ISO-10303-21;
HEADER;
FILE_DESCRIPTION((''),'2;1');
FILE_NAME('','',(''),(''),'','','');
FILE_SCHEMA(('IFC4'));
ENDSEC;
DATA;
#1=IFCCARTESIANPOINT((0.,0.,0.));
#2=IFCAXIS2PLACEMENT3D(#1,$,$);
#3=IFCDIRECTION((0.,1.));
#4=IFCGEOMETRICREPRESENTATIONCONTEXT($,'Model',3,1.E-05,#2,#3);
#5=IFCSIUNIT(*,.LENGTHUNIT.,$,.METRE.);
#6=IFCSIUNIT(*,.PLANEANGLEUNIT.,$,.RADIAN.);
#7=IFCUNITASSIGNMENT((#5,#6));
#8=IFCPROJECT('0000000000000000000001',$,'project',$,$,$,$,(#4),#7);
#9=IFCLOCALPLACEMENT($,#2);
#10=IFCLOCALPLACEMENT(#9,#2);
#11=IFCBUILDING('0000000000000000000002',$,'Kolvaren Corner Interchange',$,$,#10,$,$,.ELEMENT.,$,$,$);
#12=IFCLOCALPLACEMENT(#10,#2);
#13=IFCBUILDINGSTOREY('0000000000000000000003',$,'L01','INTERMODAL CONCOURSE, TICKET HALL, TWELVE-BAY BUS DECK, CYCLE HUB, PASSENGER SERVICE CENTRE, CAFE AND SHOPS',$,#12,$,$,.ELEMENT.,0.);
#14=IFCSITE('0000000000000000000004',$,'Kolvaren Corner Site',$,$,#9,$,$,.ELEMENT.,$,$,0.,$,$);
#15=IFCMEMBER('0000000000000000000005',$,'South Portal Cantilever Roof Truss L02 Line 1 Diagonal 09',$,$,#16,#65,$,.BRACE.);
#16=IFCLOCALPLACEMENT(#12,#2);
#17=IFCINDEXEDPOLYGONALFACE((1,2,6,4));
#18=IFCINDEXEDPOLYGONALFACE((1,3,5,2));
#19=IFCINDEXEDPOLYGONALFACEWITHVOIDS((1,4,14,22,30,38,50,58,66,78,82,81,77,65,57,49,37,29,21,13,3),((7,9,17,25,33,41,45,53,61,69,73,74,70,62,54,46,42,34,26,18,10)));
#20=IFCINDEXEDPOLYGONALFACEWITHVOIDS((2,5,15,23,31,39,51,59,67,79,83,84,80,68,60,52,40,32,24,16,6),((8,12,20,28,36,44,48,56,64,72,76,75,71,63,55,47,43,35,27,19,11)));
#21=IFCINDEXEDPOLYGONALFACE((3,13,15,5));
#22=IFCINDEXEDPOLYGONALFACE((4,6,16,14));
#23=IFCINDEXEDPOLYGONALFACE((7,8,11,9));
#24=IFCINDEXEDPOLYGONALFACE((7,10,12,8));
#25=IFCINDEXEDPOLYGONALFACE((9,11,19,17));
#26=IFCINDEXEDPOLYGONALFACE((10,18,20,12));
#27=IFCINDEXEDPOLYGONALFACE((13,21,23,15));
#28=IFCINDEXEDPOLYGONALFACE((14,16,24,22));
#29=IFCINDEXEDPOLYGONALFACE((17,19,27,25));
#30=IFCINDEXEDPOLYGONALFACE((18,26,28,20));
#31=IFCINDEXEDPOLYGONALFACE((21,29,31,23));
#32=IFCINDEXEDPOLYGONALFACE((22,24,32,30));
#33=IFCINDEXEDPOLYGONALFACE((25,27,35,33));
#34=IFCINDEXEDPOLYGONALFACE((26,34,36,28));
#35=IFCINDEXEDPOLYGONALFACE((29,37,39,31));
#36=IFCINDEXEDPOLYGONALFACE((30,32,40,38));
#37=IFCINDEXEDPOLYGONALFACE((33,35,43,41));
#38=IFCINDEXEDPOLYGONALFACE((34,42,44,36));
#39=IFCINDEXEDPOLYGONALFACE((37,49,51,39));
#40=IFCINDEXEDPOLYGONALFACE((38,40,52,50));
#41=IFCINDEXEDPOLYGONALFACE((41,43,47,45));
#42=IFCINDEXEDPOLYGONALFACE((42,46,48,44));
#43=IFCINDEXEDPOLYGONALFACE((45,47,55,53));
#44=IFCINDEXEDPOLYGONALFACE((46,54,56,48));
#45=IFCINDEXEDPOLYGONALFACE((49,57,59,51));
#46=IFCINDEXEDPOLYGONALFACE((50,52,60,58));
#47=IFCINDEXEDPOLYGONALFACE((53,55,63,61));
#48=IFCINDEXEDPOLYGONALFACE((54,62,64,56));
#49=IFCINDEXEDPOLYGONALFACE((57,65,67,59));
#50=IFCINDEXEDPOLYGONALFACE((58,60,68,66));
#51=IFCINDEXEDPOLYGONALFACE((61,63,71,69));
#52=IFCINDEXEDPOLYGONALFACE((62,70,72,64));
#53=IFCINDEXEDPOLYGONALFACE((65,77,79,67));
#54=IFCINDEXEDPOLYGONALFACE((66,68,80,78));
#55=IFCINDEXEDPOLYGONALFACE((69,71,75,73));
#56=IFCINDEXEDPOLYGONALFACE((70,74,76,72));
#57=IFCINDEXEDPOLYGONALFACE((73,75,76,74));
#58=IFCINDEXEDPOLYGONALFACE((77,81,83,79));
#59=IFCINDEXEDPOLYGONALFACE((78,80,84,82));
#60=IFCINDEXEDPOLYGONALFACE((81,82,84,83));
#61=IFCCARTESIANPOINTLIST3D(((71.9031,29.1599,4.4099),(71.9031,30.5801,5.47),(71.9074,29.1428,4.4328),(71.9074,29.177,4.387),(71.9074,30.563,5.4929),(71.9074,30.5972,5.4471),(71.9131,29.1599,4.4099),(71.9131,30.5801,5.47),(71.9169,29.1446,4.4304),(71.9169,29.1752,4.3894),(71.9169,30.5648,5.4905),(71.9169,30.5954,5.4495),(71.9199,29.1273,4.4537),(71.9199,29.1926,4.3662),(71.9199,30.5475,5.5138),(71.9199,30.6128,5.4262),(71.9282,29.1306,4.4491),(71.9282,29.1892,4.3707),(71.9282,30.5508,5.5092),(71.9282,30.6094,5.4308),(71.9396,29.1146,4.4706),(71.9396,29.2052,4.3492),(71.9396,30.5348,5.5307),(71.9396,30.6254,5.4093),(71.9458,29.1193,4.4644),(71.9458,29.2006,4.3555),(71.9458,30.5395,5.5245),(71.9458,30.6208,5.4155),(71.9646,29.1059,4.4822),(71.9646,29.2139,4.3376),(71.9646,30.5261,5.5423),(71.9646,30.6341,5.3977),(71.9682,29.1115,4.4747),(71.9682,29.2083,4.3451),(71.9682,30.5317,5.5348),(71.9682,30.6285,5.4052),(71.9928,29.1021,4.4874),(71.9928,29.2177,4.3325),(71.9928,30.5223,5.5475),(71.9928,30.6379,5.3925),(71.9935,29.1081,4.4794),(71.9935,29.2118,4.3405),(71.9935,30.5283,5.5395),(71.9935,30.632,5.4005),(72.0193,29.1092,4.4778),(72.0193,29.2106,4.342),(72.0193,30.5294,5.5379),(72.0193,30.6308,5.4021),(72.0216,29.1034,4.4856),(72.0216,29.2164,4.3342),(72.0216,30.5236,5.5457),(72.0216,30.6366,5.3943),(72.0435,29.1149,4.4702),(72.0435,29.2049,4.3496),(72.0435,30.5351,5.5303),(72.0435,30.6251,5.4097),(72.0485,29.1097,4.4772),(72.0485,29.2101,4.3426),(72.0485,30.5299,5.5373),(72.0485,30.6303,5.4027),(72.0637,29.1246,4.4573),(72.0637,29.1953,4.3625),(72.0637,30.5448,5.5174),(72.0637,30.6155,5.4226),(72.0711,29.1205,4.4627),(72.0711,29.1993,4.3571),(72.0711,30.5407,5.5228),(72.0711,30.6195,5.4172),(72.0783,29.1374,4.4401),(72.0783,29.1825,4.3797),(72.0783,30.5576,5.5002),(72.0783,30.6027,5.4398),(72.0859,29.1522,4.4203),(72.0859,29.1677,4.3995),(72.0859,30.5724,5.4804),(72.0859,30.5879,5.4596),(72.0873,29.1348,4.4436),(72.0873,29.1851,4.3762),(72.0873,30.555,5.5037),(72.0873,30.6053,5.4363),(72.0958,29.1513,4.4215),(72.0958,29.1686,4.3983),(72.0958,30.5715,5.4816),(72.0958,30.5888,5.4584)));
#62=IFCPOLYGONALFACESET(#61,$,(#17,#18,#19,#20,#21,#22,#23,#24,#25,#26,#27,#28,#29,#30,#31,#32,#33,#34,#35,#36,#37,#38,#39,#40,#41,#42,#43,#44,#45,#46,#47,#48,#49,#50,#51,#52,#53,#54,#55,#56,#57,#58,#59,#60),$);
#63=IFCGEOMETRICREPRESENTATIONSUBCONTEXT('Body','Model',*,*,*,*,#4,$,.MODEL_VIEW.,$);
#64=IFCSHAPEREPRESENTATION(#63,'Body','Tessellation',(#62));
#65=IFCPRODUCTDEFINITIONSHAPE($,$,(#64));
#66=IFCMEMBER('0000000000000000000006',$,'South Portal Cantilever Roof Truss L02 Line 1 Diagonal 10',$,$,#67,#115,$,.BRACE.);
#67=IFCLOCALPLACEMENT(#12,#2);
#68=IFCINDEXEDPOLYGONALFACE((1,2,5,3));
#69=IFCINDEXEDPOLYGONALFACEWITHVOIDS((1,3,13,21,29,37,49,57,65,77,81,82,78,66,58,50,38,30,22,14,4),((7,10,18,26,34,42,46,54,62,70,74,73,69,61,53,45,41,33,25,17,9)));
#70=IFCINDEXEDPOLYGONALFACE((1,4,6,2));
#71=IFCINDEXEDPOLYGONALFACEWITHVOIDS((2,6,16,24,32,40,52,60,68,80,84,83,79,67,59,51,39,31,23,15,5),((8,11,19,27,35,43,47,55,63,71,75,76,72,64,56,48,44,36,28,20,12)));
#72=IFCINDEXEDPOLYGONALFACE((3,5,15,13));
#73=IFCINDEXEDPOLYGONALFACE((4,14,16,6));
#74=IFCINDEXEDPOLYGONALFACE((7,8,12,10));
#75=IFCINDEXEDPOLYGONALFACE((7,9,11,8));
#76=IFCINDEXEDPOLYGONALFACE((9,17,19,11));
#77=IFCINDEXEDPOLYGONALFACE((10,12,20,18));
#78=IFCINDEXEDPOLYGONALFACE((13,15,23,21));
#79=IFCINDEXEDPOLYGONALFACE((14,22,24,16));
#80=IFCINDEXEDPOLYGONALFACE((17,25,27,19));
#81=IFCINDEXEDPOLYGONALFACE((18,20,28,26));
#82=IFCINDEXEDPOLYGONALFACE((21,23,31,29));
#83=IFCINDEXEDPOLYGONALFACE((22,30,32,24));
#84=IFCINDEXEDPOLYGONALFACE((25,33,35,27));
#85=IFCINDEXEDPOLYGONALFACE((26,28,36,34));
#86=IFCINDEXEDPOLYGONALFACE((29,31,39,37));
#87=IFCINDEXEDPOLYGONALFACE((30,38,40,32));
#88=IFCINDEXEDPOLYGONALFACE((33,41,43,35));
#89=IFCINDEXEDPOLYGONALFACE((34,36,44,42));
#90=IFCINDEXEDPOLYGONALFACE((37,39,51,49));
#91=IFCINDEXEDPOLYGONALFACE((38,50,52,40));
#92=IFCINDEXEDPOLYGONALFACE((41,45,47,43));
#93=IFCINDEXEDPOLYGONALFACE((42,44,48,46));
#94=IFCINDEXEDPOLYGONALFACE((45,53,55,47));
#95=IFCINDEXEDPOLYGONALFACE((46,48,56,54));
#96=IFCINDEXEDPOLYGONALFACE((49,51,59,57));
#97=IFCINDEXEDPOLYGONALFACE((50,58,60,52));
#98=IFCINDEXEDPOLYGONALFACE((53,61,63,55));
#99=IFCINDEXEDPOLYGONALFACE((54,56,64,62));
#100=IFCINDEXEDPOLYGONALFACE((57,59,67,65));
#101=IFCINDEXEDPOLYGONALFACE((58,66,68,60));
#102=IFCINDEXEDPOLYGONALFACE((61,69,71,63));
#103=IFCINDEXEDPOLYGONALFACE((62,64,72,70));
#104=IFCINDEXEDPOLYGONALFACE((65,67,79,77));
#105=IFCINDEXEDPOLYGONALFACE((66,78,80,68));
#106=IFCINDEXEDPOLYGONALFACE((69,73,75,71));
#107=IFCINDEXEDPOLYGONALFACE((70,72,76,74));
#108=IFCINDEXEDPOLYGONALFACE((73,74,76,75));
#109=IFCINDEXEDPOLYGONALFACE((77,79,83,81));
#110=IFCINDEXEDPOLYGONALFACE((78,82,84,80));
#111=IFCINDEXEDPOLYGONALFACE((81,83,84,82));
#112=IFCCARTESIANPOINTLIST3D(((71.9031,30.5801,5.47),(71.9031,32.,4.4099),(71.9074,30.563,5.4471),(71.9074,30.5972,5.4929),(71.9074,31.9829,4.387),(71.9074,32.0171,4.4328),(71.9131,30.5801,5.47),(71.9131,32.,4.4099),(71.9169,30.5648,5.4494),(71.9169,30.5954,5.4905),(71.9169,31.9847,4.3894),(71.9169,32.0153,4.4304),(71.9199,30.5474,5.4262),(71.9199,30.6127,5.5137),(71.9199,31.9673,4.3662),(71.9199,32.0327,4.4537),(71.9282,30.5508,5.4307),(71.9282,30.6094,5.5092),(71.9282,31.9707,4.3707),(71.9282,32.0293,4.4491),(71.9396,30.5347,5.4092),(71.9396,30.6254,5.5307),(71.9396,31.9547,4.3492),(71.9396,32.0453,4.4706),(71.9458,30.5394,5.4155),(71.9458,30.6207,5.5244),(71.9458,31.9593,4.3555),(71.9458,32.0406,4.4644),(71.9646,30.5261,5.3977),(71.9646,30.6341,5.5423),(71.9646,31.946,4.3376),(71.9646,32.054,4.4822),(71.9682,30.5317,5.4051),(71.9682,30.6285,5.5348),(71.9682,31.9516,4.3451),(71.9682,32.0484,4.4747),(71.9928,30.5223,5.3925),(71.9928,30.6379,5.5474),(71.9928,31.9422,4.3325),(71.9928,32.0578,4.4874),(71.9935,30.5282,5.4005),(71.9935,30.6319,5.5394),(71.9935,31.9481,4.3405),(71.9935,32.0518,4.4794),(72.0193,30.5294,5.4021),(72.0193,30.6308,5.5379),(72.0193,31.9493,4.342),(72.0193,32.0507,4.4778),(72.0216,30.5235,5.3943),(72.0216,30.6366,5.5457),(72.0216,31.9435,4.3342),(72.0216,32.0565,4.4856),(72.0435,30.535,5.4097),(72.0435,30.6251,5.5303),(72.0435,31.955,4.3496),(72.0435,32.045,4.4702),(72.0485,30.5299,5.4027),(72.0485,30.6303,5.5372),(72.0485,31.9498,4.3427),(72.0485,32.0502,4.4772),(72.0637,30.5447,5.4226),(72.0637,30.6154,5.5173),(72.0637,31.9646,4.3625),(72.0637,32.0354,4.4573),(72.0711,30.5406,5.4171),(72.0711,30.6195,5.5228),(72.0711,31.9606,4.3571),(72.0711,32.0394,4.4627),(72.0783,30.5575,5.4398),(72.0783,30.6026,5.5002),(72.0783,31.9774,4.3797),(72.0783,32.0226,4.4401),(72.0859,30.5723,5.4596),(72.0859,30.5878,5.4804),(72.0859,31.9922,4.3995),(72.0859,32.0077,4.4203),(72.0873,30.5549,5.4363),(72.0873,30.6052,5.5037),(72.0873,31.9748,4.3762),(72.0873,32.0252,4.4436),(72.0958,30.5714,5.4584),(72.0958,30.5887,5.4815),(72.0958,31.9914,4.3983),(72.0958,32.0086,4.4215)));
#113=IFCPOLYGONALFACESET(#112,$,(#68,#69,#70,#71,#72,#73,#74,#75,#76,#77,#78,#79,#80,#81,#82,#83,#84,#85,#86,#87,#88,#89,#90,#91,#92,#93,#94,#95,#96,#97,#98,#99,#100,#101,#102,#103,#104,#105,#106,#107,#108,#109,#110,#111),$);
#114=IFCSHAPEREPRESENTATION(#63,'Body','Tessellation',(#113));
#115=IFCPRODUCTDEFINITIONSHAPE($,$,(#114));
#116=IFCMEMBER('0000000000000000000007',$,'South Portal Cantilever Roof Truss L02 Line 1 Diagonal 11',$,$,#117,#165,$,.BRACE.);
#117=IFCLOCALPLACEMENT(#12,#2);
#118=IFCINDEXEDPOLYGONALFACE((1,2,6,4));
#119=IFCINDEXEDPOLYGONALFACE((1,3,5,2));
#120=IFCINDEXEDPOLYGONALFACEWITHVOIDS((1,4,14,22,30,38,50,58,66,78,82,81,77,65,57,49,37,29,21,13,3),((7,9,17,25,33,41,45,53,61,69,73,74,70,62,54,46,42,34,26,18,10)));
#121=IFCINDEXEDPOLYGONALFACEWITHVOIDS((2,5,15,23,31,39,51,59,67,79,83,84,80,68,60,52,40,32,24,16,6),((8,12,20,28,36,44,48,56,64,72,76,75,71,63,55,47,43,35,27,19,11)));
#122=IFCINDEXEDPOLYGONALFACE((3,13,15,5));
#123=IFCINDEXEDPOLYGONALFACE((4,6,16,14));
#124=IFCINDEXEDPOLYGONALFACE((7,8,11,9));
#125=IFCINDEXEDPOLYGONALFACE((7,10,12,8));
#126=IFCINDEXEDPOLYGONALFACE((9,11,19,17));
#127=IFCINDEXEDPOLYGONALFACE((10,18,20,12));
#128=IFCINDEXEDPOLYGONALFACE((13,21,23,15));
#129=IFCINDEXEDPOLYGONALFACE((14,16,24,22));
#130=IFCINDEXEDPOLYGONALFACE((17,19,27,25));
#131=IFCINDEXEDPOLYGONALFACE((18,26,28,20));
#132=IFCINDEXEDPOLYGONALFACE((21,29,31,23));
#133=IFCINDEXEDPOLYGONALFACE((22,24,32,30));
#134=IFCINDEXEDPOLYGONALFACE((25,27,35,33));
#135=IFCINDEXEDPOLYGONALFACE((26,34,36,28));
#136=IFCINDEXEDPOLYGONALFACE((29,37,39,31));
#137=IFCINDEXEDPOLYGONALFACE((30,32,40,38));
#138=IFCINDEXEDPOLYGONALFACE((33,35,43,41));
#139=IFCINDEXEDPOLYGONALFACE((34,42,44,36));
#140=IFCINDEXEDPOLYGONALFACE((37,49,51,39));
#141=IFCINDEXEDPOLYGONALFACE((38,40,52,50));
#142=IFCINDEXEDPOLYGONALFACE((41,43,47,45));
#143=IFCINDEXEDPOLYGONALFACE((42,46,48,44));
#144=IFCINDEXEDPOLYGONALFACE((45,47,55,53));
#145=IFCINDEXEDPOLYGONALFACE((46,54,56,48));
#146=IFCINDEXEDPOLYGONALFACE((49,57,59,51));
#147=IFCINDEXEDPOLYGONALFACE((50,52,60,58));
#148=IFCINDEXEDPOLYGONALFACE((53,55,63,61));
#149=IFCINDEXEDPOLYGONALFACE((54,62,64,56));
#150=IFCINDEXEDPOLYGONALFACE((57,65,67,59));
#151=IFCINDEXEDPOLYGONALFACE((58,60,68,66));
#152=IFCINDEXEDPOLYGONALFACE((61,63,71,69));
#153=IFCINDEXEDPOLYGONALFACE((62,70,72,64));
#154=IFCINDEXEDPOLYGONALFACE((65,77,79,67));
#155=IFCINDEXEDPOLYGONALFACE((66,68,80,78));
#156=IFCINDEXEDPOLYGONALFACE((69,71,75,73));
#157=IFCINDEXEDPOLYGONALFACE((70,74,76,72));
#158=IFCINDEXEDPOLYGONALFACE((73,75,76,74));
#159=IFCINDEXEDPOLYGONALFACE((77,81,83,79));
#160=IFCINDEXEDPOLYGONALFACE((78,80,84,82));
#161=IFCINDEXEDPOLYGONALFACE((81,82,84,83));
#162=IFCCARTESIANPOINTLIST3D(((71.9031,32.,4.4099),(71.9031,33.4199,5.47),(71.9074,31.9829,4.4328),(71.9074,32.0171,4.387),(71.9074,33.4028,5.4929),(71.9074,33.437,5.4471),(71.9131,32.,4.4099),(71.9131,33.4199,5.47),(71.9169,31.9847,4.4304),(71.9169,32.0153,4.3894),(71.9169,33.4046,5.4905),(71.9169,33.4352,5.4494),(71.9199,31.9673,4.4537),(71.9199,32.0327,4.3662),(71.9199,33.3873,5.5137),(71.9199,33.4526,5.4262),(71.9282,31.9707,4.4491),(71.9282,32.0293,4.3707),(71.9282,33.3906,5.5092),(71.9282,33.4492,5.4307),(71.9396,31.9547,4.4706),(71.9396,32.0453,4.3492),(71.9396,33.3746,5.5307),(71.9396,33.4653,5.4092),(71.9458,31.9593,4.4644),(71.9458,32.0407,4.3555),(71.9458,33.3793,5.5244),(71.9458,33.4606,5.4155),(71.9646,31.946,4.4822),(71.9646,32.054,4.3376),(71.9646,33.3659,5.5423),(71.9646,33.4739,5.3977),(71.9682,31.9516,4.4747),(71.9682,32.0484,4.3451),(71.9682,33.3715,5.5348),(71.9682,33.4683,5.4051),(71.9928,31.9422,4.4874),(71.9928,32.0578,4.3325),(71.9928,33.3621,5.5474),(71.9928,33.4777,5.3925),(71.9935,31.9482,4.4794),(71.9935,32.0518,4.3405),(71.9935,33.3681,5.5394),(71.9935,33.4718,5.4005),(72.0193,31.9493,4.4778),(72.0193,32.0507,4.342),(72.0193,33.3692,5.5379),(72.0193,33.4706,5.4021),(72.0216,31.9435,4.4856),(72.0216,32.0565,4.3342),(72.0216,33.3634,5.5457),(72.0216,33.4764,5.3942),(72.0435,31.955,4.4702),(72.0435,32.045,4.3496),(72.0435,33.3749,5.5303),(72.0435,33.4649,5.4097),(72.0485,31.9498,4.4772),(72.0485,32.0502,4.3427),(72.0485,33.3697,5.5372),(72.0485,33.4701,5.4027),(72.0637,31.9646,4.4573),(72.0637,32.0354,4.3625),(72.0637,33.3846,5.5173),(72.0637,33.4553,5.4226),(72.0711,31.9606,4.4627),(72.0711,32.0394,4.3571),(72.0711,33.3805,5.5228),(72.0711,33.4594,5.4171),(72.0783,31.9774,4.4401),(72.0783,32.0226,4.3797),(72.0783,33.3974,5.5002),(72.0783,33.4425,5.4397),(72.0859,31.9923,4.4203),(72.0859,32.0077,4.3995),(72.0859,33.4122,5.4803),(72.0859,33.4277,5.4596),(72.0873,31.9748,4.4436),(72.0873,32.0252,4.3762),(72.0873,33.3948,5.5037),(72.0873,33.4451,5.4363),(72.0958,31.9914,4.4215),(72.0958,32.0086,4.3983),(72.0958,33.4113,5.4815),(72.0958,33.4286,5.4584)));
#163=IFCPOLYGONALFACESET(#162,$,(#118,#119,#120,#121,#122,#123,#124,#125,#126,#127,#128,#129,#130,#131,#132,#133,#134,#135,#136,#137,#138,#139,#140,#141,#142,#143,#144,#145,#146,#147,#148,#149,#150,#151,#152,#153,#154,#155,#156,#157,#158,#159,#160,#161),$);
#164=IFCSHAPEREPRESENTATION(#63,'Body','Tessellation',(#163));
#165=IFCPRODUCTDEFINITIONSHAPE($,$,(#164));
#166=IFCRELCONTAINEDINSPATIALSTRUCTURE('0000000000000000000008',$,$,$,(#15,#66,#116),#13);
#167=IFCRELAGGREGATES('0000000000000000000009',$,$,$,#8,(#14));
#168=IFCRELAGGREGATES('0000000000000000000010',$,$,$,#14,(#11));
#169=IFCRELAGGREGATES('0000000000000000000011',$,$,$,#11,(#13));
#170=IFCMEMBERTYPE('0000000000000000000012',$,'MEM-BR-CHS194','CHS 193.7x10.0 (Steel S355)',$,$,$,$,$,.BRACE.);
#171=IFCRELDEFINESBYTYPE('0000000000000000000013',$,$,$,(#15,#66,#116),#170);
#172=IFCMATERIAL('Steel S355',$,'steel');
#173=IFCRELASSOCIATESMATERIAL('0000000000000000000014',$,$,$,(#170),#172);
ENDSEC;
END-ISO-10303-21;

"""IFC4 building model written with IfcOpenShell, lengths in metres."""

from ifc_helpers import new_model, si_unit, direction, frame, origin, origin_2d, place, context, subcontext, project, spatial, hollow_circle, extrude, material, material_profile, profile_set, type_object, element, save


model = new_model("IFC4")

# Units and contexts
model_context = context("Model", 3, precision=1e-05, world=origin(), true_north=direction((0.0, 1.0)))
body_context = subcontext(model_context, "Body", "Model", "MODEL_VIEW")
ifc_project = project(units=[si_unit("LENGTHUNIT", "METRE"), si_unit("PLANEANGLEUNIT", "RADIAN")], contexts=[model_context])

# Site, building, storey
site_placement = place(None, origin())
site = spatial("IfcSite", under=ifc_project, at=site_placement, Name="Kolvaren Corner Site", CompositionType="ELEMENT", RefElevation=0.0)
building_placement = place(site_placement, origin())
building = spatial("IfcBuilding", under=site, at=building_placement, Name="Kolvaren Corner Interchange", CompositionType="ELEMENT")
storey_placement = place(building_placement, origin())
storey = spatial("IfcBuildingStorey", under=building, at=storey_placement, Name="L01", Description="INTERMODAL CONCOURSE, TICKET HALL, TWELVE-BAY BUS DECK, CYCLE HUB, PASSENGER SERVICE CENTRE, CAFE AND SHOPS", CompositionType="ELEMENT", Elevation=0.0)

# Members
ifc_material_1 = material(Name="Steel S355", Category="steel")
ifc_material_profile_1 = material_profile(ifc_material_1, hollow_circle(Radius=0.0969, WallThickness=0.01, at=origin_2d()), Name="CHS 193.7x10.0")
ifc_profile_set_1 = profile_set([ifc_material_profile_1], Name="Steel S355")
member_type_1 = type_object("IfcMemberType", Name="MEM-BR-CHS194", Description="CHS 193.7x10.0 (Steel S355)", PredefinedType="BRACE", material=ifc_profile_set_1)
member_placement = place(storey_placement, frame((72.0, 29.1599, 4.4099), z_axis=(0.0, 0.80137, 0.598169), x_axis=(-1.0, 0.0, 0.0)))
element("IfcMember", 1, at=member_placement, inside=storey, type_object=member_type_1, Name="South Portal Cantilever Roof Truss L02 Line 1 Diagonal 09", PredefinedType="BRACE", context=body_context, shape_type="SweptSolid", body=[
    extrude(hollow_circle(Radius=0.0969, WallThickness=0.01, at=origin_2d()), origin(), (0.0, 0.0, 1.0), 1.7722),
])
for number, where, z_axis, x_axis, name in (
    (2, (72.0, 30.5801, 5.47), (0.0, 0.801321, -0.598235), (-1.0, 0.0, 0.0), "South Portal Cantilever Roof Truss L02 Line 1 Diagonal 10"),
    (3, (72.0, 32.0, 4.4099), (0.0, 0.801321, 0.598235), (-1.0, 0.0, 0.0), "South Portal Cantilever Roof Truss L02 Line 1 Diagonal 11"),
):
    element("IfcMember", number, at=place(storey_placement, frame(where, z_axis=z_axis, x_axis=x_axis)), inside=storey, type_object=member_type_1, Name=name, PredefinedType="BRACE", context=body_context, shape_type="SweptSolid", body=[
        extrude(hollow_circle(Radius=0.0969, WallThickness=0.01, at=origin_2d()), origin(), (0.0, 0.0, 1.0), 1.772),
    ])

save(model, "model.ifc")
